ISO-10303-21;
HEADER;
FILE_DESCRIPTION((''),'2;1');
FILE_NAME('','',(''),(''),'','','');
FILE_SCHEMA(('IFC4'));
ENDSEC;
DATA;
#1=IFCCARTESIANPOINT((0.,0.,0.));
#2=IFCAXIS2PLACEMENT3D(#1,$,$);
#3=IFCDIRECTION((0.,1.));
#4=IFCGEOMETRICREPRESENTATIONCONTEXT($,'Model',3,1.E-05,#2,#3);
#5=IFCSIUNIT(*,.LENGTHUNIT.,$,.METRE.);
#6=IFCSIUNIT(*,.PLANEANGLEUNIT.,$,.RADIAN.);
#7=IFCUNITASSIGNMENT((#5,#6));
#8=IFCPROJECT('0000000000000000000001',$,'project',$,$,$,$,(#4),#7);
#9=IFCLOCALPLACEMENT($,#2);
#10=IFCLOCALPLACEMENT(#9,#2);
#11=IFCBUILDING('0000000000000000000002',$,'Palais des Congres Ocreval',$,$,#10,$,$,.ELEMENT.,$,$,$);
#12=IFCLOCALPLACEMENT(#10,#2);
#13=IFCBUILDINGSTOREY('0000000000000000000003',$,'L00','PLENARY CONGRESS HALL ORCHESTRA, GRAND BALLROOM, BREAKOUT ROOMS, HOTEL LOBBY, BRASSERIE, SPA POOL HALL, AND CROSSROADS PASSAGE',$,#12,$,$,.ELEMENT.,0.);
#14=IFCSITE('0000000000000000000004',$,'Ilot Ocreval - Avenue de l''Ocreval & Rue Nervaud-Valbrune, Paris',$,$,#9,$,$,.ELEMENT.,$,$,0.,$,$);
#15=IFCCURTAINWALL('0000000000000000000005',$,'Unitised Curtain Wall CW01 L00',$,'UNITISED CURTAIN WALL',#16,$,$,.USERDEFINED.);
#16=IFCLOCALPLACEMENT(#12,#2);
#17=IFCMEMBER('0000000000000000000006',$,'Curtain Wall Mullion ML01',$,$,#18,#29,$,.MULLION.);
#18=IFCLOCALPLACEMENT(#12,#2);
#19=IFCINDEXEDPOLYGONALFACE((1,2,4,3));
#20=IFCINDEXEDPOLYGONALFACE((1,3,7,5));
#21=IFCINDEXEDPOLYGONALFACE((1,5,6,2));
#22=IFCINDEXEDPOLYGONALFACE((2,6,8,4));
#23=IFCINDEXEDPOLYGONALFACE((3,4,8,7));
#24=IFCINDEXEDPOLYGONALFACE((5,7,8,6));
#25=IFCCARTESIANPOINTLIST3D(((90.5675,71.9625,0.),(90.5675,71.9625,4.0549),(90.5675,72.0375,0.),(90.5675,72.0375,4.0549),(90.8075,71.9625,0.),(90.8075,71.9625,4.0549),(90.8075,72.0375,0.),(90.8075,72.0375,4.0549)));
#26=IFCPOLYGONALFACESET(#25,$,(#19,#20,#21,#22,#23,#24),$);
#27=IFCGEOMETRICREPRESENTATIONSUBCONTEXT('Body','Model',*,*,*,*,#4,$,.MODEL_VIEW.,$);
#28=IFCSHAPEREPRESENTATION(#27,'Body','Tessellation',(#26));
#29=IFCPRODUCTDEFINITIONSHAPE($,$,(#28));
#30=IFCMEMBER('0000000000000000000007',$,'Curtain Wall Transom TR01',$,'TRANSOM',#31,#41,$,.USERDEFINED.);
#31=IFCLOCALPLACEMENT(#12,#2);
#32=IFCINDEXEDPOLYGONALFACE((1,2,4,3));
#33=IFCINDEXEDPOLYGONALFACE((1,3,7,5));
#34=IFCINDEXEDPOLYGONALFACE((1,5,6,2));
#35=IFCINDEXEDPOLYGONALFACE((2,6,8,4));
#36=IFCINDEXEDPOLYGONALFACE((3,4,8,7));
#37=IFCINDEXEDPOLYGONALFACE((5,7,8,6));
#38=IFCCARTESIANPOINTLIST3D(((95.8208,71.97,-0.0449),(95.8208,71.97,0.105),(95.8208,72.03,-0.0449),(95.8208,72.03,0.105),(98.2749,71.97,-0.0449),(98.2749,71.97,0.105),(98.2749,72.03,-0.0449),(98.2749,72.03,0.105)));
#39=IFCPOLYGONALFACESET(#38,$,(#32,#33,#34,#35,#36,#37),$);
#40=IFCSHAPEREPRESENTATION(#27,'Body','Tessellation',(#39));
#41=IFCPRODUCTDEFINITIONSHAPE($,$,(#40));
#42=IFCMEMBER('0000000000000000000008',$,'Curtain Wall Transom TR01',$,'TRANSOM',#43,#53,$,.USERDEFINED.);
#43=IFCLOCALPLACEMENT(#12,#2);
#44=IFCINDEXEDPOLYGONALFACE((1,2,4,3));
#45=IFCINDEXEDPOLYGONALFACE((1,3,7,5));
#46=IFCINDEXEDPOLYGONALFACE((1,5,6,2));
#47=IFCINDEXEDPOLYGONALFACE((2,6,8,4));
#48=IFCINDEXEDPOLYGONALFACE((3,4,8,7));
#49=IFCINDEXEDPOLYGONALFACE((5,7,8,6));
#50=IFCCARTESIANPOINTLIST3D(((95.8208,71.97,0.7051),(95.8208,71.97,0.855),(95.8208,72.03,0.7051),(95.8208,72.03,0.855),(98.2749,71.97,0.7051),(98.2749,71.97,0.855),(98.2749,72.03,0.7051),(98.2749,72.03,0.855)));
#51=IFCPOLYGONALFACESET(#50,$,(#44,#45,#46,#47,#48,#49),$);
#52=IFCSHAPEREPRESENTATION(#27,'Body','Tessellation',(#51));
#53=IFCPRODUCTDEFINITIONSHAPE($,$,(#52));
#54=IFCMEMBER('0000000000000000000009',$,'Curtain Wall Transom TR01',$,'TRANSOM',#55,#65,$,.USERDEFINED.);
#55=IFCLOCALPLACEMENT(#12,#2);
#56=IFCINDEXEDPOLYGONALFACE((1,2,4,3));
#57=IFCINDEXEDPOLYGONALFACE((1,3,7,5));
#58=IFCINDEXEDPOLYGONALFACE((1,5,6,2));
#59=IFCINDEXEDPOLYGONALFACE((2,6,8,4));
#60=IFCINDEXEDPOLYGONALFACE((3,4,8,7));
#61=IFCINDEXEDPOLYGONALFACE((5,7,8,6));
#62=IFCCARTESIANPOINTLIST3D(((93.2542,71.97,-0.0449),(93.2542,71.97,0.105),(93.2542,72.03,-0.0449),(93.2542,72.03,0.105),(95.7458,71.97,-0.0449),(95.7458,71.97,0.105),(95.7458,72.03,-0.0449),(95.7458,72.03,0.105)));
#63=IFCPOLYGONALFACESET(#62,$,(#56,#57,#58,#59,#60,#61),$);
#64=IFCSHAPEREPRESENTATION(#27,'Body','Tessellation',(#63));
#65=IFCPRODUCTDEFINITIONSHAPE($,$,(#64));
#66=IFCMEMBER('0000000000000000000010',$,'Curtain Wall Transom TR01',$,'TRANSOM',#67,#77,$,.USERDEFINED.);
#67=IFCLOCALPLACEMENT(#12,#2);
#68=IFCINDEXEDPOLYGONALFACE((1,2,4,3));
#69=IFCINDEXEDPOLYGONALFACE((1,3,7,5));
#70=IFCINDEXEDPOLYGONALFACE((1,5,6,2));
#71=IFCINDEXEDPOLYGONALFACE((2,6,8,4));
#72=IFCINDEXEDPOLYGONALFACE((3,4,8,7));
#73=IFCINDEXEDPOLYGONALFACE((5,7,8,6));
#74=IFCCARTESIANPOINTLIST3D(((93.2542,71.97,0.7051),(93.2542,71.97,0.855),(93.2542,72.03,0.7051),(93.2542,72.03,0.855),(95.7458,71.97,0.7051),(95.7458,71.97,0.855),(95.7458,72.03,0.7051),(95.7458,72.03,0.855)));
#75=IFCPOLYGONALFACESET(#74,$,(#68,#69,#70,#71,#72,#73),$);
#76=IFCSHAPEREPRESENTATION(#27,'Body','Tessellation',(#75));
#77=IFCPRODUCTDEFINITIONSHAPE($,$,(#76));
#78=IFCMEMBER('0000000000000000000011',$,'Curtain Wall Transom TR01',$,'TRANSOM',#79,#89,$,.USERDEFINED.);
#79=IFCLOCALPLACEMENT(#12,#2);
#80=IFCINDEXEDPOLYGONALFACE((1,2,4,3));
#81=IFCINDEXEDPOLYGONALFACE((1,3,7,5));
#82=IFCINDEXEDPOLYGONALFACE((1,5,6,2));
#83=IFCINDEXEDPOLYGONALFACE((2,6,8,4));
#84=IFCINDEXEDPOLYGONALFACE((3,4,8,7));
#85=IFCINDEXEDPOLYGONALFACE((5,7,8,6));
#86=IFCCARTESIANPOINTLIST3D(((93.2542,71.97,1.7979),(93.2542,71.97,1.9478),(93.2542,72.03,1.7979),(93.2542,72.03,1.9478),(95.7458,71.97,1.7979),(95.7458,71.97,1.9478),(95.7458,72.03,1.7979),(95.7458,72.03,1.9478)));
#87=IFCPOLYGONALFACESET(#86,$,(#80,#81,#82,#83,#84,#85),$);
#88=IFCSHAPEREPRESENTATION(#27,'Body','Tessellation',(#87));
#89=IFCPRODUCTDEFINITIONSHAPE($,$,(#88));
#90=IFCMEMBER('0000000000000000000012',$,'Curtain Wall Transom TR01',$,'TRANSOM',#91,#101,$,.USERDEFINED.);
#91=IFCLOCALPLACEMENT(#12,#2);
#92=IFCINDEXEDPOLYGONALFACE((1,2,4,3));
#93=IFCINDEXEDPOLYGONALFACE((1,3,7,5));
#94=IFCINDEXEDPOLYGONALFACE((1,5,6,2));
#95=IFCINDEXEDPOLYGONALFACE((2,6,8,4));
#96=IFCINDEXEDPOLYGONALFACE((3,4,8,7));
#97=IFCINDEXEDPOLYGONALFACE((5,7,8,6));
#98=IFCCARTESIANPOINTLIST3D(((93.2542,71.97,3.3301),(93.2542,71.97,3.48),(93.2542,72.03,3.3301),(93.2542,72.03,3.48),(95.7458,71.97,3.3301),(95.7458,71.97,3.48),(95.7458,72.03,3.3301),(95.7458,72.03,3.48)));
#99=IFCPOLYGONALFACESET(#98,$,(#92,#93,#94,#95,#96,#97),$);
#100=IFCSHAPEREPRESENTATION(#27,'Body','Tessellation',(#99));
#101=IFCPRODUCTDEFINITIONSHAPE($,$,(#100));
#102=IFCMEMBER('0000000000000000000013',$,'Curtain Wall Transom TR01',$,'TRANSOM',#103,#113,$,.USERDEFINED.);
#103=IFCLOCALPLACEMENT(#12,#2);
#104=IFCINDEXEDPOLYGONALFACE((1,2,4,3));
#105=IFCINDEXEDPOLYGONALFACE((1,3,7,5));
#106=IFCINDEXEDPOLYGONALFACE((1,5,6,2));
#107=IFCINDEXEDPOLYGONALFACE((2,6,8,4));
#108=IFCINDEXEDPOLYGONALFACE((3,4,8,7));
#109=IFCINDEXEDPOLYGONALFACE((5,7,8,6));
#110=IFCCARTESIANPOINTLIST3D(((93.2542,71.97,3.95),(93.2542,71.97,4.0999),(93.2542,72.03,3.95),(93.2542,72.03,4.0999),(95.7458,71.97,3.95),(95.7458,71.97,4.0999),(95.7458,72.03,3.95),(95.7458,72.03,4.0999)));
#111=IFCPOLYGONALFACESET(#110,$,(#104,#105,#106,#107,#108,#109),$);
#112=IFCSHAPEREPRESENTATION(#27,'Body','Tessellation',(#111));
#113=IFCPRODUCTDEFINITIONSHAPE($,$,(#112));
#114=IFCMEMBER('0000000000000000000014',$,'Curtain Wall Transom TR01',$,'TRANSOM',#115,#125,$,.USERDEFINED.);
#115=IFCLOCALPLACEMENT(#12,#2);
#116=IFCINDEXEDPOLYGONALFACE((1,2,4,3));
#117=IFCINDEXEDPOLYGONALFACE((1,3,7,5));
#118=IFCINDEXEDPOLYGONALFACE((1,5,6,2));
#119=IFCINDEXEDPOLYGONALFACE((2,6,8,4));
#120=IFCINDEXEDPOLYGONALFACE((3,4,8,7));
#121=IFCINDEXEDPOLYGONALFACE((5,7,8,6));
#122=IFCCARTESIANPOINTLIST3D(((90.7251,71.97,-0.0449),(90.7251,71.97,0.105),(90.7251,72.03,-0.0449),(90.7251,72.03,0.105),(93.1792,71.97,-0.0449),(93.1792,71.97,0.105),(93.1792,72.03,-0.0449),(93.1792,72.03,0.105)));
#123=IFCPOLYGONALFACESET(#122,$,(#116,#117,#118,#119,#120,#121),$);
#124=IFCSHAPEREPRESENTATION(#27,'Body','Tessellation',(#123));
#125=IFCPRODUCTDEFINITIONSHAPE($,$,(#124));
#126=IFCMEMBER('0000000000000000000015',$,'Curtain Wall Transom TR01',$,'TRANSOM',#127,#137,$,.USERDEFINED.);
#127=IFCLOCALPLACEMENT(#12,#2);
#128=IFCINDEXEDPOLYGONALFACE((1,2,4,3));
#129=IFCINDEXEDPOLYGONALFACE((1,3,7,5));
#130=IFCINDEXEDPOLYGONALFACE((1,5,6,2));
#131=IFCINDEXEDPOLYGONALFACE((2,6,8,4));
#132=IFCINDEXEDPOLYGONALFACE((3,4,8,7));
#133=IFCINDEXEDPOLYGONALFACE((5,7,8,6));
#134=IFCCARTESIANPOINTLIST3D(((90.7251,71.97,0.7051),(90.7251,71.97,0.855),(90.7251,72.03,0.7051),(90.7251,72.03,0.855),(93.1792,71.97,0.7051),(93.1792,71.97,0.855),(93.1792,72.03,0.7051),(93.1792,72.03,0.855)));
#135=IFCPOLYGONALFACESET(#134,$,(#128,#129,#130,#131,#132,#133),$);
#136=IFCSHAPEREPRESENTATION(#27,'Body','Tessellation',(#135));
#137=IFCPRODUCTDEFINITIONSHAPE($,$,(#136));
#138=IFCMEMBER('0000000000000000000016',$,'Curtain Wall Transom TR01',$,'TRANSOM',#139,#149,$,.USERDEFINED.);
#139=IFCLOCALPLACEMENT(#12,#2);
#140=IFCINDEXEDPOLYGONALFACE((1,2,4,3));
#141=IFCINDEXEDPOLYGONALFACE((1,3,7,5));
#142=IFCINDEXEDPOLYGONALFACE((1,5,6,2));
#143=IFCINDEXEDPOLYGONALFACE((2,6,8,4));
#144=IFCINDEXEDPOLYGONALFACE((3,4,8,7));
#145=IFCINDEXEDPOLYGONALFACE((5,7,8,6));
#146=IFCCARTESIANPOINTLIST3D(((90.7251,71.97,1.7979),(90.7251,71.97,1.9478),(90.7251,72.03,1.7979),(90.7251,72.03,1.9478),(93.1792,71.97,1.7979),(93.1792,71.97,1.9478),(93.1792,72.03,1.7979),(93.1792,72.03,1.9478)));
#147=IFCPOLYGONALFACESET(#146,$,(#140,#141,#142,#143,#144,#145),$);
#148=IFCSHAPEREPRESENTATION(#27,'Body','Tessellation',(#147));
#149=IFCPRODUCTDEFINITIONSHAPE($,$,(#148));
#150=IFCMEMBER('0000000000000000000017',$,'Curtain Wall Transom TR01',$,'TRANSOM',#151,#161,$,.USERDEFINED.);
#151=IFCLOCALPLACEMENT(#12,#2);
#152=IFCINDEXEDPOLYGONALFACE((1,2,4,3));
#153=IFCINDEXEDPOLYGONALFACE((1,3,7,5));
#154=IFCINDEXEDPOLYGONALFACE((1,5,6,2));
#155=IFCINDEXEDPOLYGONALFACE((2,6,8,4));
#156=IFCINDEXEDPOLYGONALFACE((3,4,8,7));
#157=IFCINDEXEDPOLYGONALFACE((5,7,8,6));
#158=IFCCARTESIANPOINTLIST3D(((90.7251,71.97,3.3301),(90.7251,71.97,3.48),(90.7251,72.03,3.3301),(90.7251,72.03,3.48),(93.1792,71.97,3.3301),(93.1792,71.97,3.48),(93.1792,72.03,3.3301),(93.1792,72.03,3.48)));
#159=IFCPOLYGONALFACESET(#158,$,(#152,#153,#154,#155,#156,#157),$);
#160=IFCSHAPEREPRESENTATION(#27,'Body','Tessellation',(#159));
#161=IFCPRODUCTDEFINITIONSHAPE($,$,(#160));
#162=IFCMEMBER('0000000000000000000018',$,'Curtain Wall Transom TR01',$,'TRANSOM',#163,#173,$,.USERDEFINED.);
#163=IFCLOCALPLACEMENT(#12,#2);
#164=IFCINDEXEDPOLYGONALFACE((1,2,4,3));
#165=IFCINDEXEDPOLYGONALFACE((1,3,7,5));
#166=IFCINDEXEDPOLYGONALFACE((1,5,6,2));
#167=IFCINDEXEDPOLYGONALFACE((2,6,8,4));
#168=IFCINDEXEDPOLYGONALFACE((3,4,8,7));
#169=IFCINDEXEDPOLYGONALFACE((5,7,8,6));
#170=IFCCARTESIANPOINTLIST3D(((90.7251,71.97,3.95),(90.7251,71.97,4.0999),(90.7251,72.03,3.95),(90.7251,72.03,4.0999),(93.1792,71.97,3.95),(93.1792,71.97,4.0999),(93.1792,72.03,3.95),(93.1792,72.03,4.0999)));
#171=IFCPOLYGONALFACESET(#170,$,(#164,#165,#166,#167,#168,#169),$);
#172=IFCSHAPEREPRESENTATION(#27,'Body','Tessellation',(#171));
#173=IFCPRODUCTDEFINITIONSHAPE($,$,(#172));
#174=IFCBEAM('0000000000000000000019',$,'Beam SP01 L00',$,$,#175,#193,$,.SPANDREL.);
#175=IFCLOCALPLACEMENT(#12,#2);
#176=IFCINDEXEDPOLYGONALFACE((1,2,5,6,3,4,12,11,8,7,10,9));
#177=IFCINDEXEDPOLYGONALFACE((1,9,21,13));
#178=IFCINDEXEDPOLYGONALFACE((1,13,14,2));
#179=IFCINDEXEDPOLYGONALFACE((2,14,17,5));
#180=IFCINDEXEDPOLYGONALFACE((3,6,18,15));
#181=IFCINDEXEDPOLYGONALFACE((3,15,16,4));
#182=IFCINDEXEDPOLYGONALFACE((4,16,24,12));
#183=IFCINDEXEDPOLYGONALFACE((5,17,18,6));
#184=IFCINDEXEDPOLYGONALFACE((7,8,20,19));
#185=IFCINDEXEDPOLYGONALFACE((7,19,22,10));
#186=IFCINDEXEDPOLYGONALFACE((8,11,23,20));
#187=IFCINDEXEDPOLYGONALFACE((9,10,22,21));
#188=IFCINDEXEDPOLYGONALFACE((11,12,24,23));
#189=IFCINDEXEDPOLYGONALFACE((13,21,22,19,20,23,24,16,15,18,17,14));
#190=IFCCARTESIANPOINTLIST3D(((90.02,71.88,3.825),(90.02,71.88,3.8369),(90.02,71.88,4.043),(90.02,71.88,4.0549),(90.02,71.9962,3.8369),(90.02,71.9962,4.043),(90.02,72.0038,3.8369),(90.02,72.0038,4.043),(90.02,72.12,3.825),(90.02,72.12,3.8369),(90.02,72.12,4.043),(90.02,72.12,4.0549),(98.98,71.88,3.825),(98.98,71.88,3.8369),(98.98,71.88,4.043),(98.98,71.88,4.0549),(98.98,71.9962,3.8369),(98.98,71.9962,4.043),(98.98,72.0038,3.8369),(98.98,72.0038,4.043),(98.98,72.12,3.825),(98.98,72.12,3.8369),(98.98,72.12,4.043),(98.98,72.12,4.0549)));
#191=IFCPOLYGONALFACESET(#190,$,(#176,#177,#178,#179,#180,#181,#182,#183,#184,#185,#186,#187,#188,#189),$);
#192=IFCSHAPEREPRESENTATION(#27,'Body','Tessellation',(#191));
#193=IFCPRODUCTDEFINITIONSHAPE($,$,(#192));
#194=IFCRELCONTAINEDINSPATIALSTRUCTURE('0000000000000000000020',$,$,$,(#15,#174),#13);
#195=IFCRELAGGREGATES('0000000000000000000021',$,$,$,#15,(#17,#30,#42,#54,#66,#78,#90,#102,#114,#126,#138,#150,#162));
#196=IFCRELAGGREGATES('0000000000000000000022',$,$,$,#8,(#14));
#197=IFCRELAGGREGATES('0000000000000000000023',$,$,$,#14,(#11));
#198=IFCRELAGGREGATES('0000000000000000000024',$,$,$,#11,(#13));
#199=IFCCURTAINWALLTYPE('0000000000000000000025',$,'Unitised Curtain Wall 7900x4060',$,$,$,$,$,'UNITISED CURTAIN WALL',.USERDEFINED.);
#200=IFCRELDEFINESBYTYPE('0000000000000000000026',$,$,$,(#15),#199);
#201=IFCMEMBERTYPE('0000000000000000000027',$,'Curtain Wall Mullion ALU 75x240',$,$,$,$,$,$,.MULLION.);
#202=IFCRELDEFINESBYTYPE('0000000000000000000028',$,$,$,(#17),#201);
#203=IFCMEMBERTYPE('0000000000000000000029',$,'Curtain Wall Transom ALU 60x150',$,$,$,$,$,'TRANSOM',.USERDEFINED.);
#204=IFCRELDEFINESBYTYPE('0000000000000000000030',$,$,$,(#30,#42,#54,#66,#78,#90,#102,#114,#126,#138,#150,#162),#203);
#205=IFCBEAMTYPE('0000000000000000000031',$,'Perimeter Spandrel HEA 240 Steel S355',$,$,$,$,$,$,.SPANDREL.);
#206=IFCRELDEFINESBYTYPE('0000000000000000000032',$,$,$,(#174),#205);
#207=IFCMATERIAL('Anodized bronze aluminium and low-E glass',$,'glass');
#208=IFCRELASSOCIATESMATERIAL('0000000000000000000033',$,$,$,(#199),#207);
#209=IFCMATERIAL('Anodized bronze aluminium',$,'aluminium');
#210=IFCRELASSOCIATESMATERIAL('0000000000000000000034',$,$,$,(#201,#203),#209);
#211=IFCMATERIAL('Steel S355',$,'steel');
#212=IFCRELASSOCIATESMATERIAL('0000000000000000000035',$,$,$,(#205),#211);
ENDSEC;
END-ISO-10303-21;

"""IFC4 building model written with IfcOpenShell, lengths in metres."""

from ifc_helpers import new_model, si_unit, direction, frame, origin, origin_2d, place, context, subcontext, project, spatial, rectangle, i_section, extrude, material, material_profile, profile_set, type_object, element, aggregate, save


model = new_model("IFC4")

# Units and contexts
model_context = context("Model", 3, precision=1e-05, world=origin(), true_north=direction((0.0, 1.0)))
body_context = subcontext(model_context, "Body", "Model", "MODEL_VIEW")
ifc_project = project(units=[si_unit("LENGTHUNIT", "METRE"), si_unit("PLANEANGLEUNIT", "RADIAN")], contexts=[model_context])

# Site, building, storey
site_placement = place(None, origin())
site = spatial("IfcSite", under=ifc_project, at=site_placement, Name="Ilot Ocreval - Avenue de l'Ocreval & Rue Nervaud-Valbrune, Paris", CompositionType="ELEMENT", RefElevation=0.0)
building_placement = place(site_placement, origin())
building = spatial("IfcBuilding", under=site, at=building_placement, Name="Palais des Congres Ocreval", CompositionType="ELEMENT")
storey_placement = place(building_placement, origin())
storey = spatial("IfcBuildingStorey", under=building, at=storey_placement, Name="L00", Description="PLENARY CONGRESS HALL ORCHESTRA, GRAND BALLROOM, BREAKOUT ROOMS, HOTEL LOBBY, BRASSERIE, SPA POOL HALL, AND CROSSROADS PASSAGE", CompositionType="ELEMENT", Elevation=0.0)

# Shared definitions
ifc_material_1 = material(Name="Steel S355", Category="steel")

# Curtain wall, members
ifc_material_2 = material(Name="Anodized bronze aluminium and low-E glass", Category="glass")
curtain_wall_type = type_object("IfcCurtainWallType", Name="Unitised Curtain Wall 7900x4060", ElementType="UNITISED CURTAIN WALL", PredefinedType="USERDEFINED", material=ifc_material_2)
curtain_wall_placement = place(storey_placement, origin())
curtain_wall = element("IfcCurtainWall", 1, at=curtain_wall_placement, inside=storey, type_object=curtain_wall_type, Name="Unitised Curtain Wall CW01 L00", ObjectType="UNITISED CURTAIN WALL", PredefinedType="USERDEFINED")
ifc_material_3 = material(Name="Anodized bronze aluminium", Category="aluminium")
ifc_material_profile_1 = material_profile(ifc_material_3, rectangle(XDim=0.075, YDim=0.24, at=origin_2d()), Name="ALU 75x240")
ifc_profile_set_1 = profile_set([ifc_material_profile_1], Name="Anodized bronze aluminium")
member_type_1 = type_object("IfcMemberType", Name="Curtain Wall Mullion ALU 75x240", PredefinedType="MULLION", material=ifc_profile_set_1)
member_1_placement = place(storey_placement, frame((90.6875, 72.0, 0.0), z_axis=(0.0, 0.0, 1.0), x_axis=(0.0, -1.0, 0.0)))
member_1 = element("IfcMember", 2, at=member_1_placement, type_object=member_type_1, Name="Curtain Wall Mullion ML01", PredefinedType="MULLION", context=body_context, shape_type="SweptSolid", body=[
    extrude(rectangle(XDim=0.075, YDim=0.24, at=origin_2d()), origin(), (0.0, 0.0, 1.0), 4.0549),
])
ifc_material_profile_2 = material_profile(ifc_material_3, rectangle(XDim=0.0601, YDim=0.1499, at=origin_2d()), Name="ALU 60x150")
ifc_profile_set_2 = profile_set([ifc_material_profile_2], Name="Anodized bronze aluminium")
member_type_2 = type_object("IfcMemberType", Name="Curtain Wall Transom ALU 60x150", ElementType="TRANSOM", PredefinedType="USERDEFINED", material=ifc_profile_set_2)
member_2_placement = place(storey_placement, frame((98.2749, 72.0, 0.03), z_axis=(-1.0, 0.0, 0.0), x_axis=(0.0, -1.0, 0.0)))
member_2 = element("IfcMember", 3, at=member_2_placement, type_object=member_type_2, Name="Curtain Wall Transom TR01", ObjectType="TRANSOM", PredefinedType="USERDEFINED", context=body_context, shape_type="SweptSolid", body=[
    extrude(rectangle(XDim=0.0601, YDim=0.1499, at=origin_2d()), origin(), (0.0, 0.0, 1.0), 2.4541),
])
member_3_placement = place(storey_placement, frame((98.2749, 72.0, 0.78), z_axis=(-1.0, 0.0, 0.0), x_axis=(0.0, -1.0, 0.0)))
member_3 = element("IfcMember", 4, at=member_3_placement, type_object=member_type_2, Name="Curtain Wall Transom TR01", ObjectType="TRANSOM", PredefinedType="USERDEFINED", context=body_context, shape_type="SweptSolid", body=[
    extrude(rectangle(XDim=0.0601, YDim=0.1499, at=origin_2d()), origin(), (0.0, 0.0, 1.0), 2.4541),
])
member_4_placement = place(storey_placement, frame((95.7458, 72.0, 0.03), z_axis=(-1.0, 0.0, 0.0), x_axis=(0.0, -1.0, 0.0)))
member_4 = element("IfcMember", 5, at=member_4_placement, type_object=member_type_2, Name="Curtain Wall Transom TR01", ObjectType="TRANSOM", PredefinedType="USERDEFINED", context=body_context, shape_type="SweptSolid", body=[
    extrude(rectangle(XDim=0.0601, YDim=0.1499, at=origin_2d()), origin(), (0.0, 0.0, 1.0), 2.4917),
])
member_5_placement = place(storey_placement, frame((95.7458, 72.0, 0.78), z_axis=(-1.0, 0.0, 0.0), x_axis=(0.0, -1.0, 0.0)))
member_5 = element("IfcMember", 6, at=member_5_placement, type_object=member_type_2, Name="Curtain Wall Transom TR01", ObjectType="TRANSOM", PredefinedType="USERDEFINED", context=body_context, shape_type="SweptSolid", body=[
    extrude(rectangle(XDim=0.0601, YDim=0.1499, at=origin_2d()), origin(), (0.0, 0.0, 1.0), 2.4917),
])
member_6_placement = place(storey_placement, frame((95.7458, 72.0, 1.8728), z_axis=(-1.0, 0.0, 0.0), x_axis=(0.0, -1.0, 0.0)))
member_6 = element("IfcMember", 7, at=member_6_placement, type_object=member_type_2, Name="Curtain Wall Transom TR01", ObjectType="TRANSOM", PredefinedType="USERDEFINED", context=body_context, shape_type="SweptSolid", body=[
    extrude(rectangle(XDim=0.0601, YDim=0.1499, at=origin_2d()), origin(), (0.0, 0.0, 1.0), 2.4917),
])
member_7_placement = place(storey_placement, frame((95.7458, 72.0, 3.405), z_axis=(-1.0, 0.0, 0.0), x_axis=(0.0, -1.0, 0.0)))
member_7 = element("IfcMember", 8, at=member_7_placement, type_object=member_type_2, Name="Curtain Wall Transom TR01", ObjectType="TRANSOM", PredefinedType="USERDEFINED", context=body_context, shape_type="SweptSolid", body=[
    extrude(rectangle(XDim=0.0601, YDim=0.1499, at=origin_2d()), origin(), (0.0, 0.0, 1.0), 2.4917),
])
member_8_placement = place(storey_placement, frame((95.7458, 72.0, 4.0249), z_axis=(-1.0, 0.0, 0.0), x_axis=(0.0, -1.0, 0.0)))
member_8 = element("IfcMember", 9, at=member_8_placement, type_object=member_type_2, Name="Curtain Wall Transom TR01", ObjectType="TRANSOM", PredefinedType="USERDEFINED", context=body_context, shape_type="SweptSolid", body=[
    extrude(rectangle(XDim=0.0601, YDim=0.1499, at=origin_2d()), origin(), (0.0, 0.0, 1.0), 2.4917),
])
member_9_placement = place(storey_placement, frame((93.1792, 72.0, 0.03), z_axis=(-1.0, 0.0, 0.0), x_axis=(0.0, -1.0, 0.0)))
member_9 = element("IfcMember", 10, at=member_9_placement, type_object=member_type_2, Name="Curtain Wall Transom TR01", ObjectType="TRANSOM", PredefinedType="USERDEFINED", context=body_context, shape_type="SweptSolid", body=[
    extrude(rectangle(XDim=0.0601, YDim=0.1499, at=origin_2d()), origin(), (0.0, 0.0, 1.0), 2.4541),
])
member_10_placement = place(storey_placement, frame((93.1792, 72.0, 0.78), z_axis=(-1.0, 0.0, 0.0), x_axis=(0.0, -1.0, 0.0)))
member_10 = element("IfcMember", 11, at=member_10_placement, type_object=member_type_2, Name="Curtain Wall Transom TR01", ObjectType="TRANSOM", PredefinedType="USERDEFINED", context=body_context, shape_type="SweptSolid", body=[
    extrude(rectangle(XDim=0.0601, YDim=0.1499, at=origin_2d()), origin(), (0.0, 0.0, 1.0), 2.4541),
])
member_11_placement = place(storey_placement, frame((93.1792, 72.0, 1.8728), z_axis=(-1.0, 0.0, 0.0), x_axis=(0.0, -1.0, 0.0)))
member_11 = element("IfcMember", 12, at=member_11_placement, type_object=member_type_2, Name="Curtain Wall Transom TR01", ObjectType="TRANSOM", PredefinedType="USERDEFINED", context=body_context, shape_type="SweptSolid", body=[
    extrude(rectangle(XDim=0.0601, YDim=0.1499, at=origin_2d()), origin(), (0.0, 0.0, 1.0), 2.4541),
])
member_12_placement = place(storey_placement, frame((93.1792, 72.0, 3.405), z_axis=(-1.0, 0.0, 0.0), x_axis=(0.0, -1.0, 0.0)))
member_12 = element("IfcMember", 13, at=member_12_placement, type_object=member_type_2, Name="Curtain Wall Transom TR01", ObjectType="TRANSOM", PredefinedType="USERDEFINED", context=body_context, shape_type="SweptSolid", body=[
    extrude(rectangle(XDim=0.0601, YDim=0.1499, at=origin_2d()), origin(), (0.0, 0.0, 1.0), 2.4541),
])
member_13_placement = place(storey_placement, frame((93.1792, 72.0, 4.0249), z_axis=(-1.0, 0.0, 0.0), x_axis=(0.0, -1.0, 0.0)))
member_13 = element("IfcMember", 14, at=member_13_placement, type_object=member_type_2, Name="Curtain Wall Transom TR01", ObjectType="TRANSOM", PredefinedType="USERDEFINED", context=body_context, shape_type="SweptSolid", body=[
    extrude(rectangle(XDim=0.0601, YDim=0.1499, at=origin_2d()), origin(), (0.0, 0.0, 1.0), 2.4541),
])

# Beam
ifc_material_profile_3 = material_profile(ifc_material_1, i_section(OverallWidth=0.24, OverallDepth=0.23, WebThickness=0.0076, FlangeThickness=0.012, at=origin_2d()), Name="HEA 240")
ifc_profile_set_3 = profile_set([ifc_material_profile_3], Name="Steel S355")
beam_type_1 = type_object("IfcBeamType", Name="Perimeter Spandrel HEA 240 Steel S355", PredefinedType="SPANDREL", material=ifc_profile_set_3)
beam_1_placement = place(storey_placement, frame((90.02, 72.0, 3.9399), z_axis=(1.0, 0.0, 0.0), x_axis=(0.0, 1.0, 0.0)))
element("IfcBeam", 15, at=beam_1_placement, inside=storey, type_object=beam_type_1, Name="Beam SP01 L00", PredefinedType="SPANDREL", context=body_context, shape_type="SweptSolid", body=[
    extrude(i_section(OverallWidth=0.24, OverallDepth=0.23, WebThickness=0.0076, FlangeThickness=0.012, at=origin_2d()), origin(), (0.0, 0.0, 1.0), 8.96),
])

aggregate(curtain_wall, [member_1, member_2, member_3, member_4, member_5, member_6, member_7, member_8, member_9, member_10, member_11, member_12, member_13])

save(model, "model.ifc")
